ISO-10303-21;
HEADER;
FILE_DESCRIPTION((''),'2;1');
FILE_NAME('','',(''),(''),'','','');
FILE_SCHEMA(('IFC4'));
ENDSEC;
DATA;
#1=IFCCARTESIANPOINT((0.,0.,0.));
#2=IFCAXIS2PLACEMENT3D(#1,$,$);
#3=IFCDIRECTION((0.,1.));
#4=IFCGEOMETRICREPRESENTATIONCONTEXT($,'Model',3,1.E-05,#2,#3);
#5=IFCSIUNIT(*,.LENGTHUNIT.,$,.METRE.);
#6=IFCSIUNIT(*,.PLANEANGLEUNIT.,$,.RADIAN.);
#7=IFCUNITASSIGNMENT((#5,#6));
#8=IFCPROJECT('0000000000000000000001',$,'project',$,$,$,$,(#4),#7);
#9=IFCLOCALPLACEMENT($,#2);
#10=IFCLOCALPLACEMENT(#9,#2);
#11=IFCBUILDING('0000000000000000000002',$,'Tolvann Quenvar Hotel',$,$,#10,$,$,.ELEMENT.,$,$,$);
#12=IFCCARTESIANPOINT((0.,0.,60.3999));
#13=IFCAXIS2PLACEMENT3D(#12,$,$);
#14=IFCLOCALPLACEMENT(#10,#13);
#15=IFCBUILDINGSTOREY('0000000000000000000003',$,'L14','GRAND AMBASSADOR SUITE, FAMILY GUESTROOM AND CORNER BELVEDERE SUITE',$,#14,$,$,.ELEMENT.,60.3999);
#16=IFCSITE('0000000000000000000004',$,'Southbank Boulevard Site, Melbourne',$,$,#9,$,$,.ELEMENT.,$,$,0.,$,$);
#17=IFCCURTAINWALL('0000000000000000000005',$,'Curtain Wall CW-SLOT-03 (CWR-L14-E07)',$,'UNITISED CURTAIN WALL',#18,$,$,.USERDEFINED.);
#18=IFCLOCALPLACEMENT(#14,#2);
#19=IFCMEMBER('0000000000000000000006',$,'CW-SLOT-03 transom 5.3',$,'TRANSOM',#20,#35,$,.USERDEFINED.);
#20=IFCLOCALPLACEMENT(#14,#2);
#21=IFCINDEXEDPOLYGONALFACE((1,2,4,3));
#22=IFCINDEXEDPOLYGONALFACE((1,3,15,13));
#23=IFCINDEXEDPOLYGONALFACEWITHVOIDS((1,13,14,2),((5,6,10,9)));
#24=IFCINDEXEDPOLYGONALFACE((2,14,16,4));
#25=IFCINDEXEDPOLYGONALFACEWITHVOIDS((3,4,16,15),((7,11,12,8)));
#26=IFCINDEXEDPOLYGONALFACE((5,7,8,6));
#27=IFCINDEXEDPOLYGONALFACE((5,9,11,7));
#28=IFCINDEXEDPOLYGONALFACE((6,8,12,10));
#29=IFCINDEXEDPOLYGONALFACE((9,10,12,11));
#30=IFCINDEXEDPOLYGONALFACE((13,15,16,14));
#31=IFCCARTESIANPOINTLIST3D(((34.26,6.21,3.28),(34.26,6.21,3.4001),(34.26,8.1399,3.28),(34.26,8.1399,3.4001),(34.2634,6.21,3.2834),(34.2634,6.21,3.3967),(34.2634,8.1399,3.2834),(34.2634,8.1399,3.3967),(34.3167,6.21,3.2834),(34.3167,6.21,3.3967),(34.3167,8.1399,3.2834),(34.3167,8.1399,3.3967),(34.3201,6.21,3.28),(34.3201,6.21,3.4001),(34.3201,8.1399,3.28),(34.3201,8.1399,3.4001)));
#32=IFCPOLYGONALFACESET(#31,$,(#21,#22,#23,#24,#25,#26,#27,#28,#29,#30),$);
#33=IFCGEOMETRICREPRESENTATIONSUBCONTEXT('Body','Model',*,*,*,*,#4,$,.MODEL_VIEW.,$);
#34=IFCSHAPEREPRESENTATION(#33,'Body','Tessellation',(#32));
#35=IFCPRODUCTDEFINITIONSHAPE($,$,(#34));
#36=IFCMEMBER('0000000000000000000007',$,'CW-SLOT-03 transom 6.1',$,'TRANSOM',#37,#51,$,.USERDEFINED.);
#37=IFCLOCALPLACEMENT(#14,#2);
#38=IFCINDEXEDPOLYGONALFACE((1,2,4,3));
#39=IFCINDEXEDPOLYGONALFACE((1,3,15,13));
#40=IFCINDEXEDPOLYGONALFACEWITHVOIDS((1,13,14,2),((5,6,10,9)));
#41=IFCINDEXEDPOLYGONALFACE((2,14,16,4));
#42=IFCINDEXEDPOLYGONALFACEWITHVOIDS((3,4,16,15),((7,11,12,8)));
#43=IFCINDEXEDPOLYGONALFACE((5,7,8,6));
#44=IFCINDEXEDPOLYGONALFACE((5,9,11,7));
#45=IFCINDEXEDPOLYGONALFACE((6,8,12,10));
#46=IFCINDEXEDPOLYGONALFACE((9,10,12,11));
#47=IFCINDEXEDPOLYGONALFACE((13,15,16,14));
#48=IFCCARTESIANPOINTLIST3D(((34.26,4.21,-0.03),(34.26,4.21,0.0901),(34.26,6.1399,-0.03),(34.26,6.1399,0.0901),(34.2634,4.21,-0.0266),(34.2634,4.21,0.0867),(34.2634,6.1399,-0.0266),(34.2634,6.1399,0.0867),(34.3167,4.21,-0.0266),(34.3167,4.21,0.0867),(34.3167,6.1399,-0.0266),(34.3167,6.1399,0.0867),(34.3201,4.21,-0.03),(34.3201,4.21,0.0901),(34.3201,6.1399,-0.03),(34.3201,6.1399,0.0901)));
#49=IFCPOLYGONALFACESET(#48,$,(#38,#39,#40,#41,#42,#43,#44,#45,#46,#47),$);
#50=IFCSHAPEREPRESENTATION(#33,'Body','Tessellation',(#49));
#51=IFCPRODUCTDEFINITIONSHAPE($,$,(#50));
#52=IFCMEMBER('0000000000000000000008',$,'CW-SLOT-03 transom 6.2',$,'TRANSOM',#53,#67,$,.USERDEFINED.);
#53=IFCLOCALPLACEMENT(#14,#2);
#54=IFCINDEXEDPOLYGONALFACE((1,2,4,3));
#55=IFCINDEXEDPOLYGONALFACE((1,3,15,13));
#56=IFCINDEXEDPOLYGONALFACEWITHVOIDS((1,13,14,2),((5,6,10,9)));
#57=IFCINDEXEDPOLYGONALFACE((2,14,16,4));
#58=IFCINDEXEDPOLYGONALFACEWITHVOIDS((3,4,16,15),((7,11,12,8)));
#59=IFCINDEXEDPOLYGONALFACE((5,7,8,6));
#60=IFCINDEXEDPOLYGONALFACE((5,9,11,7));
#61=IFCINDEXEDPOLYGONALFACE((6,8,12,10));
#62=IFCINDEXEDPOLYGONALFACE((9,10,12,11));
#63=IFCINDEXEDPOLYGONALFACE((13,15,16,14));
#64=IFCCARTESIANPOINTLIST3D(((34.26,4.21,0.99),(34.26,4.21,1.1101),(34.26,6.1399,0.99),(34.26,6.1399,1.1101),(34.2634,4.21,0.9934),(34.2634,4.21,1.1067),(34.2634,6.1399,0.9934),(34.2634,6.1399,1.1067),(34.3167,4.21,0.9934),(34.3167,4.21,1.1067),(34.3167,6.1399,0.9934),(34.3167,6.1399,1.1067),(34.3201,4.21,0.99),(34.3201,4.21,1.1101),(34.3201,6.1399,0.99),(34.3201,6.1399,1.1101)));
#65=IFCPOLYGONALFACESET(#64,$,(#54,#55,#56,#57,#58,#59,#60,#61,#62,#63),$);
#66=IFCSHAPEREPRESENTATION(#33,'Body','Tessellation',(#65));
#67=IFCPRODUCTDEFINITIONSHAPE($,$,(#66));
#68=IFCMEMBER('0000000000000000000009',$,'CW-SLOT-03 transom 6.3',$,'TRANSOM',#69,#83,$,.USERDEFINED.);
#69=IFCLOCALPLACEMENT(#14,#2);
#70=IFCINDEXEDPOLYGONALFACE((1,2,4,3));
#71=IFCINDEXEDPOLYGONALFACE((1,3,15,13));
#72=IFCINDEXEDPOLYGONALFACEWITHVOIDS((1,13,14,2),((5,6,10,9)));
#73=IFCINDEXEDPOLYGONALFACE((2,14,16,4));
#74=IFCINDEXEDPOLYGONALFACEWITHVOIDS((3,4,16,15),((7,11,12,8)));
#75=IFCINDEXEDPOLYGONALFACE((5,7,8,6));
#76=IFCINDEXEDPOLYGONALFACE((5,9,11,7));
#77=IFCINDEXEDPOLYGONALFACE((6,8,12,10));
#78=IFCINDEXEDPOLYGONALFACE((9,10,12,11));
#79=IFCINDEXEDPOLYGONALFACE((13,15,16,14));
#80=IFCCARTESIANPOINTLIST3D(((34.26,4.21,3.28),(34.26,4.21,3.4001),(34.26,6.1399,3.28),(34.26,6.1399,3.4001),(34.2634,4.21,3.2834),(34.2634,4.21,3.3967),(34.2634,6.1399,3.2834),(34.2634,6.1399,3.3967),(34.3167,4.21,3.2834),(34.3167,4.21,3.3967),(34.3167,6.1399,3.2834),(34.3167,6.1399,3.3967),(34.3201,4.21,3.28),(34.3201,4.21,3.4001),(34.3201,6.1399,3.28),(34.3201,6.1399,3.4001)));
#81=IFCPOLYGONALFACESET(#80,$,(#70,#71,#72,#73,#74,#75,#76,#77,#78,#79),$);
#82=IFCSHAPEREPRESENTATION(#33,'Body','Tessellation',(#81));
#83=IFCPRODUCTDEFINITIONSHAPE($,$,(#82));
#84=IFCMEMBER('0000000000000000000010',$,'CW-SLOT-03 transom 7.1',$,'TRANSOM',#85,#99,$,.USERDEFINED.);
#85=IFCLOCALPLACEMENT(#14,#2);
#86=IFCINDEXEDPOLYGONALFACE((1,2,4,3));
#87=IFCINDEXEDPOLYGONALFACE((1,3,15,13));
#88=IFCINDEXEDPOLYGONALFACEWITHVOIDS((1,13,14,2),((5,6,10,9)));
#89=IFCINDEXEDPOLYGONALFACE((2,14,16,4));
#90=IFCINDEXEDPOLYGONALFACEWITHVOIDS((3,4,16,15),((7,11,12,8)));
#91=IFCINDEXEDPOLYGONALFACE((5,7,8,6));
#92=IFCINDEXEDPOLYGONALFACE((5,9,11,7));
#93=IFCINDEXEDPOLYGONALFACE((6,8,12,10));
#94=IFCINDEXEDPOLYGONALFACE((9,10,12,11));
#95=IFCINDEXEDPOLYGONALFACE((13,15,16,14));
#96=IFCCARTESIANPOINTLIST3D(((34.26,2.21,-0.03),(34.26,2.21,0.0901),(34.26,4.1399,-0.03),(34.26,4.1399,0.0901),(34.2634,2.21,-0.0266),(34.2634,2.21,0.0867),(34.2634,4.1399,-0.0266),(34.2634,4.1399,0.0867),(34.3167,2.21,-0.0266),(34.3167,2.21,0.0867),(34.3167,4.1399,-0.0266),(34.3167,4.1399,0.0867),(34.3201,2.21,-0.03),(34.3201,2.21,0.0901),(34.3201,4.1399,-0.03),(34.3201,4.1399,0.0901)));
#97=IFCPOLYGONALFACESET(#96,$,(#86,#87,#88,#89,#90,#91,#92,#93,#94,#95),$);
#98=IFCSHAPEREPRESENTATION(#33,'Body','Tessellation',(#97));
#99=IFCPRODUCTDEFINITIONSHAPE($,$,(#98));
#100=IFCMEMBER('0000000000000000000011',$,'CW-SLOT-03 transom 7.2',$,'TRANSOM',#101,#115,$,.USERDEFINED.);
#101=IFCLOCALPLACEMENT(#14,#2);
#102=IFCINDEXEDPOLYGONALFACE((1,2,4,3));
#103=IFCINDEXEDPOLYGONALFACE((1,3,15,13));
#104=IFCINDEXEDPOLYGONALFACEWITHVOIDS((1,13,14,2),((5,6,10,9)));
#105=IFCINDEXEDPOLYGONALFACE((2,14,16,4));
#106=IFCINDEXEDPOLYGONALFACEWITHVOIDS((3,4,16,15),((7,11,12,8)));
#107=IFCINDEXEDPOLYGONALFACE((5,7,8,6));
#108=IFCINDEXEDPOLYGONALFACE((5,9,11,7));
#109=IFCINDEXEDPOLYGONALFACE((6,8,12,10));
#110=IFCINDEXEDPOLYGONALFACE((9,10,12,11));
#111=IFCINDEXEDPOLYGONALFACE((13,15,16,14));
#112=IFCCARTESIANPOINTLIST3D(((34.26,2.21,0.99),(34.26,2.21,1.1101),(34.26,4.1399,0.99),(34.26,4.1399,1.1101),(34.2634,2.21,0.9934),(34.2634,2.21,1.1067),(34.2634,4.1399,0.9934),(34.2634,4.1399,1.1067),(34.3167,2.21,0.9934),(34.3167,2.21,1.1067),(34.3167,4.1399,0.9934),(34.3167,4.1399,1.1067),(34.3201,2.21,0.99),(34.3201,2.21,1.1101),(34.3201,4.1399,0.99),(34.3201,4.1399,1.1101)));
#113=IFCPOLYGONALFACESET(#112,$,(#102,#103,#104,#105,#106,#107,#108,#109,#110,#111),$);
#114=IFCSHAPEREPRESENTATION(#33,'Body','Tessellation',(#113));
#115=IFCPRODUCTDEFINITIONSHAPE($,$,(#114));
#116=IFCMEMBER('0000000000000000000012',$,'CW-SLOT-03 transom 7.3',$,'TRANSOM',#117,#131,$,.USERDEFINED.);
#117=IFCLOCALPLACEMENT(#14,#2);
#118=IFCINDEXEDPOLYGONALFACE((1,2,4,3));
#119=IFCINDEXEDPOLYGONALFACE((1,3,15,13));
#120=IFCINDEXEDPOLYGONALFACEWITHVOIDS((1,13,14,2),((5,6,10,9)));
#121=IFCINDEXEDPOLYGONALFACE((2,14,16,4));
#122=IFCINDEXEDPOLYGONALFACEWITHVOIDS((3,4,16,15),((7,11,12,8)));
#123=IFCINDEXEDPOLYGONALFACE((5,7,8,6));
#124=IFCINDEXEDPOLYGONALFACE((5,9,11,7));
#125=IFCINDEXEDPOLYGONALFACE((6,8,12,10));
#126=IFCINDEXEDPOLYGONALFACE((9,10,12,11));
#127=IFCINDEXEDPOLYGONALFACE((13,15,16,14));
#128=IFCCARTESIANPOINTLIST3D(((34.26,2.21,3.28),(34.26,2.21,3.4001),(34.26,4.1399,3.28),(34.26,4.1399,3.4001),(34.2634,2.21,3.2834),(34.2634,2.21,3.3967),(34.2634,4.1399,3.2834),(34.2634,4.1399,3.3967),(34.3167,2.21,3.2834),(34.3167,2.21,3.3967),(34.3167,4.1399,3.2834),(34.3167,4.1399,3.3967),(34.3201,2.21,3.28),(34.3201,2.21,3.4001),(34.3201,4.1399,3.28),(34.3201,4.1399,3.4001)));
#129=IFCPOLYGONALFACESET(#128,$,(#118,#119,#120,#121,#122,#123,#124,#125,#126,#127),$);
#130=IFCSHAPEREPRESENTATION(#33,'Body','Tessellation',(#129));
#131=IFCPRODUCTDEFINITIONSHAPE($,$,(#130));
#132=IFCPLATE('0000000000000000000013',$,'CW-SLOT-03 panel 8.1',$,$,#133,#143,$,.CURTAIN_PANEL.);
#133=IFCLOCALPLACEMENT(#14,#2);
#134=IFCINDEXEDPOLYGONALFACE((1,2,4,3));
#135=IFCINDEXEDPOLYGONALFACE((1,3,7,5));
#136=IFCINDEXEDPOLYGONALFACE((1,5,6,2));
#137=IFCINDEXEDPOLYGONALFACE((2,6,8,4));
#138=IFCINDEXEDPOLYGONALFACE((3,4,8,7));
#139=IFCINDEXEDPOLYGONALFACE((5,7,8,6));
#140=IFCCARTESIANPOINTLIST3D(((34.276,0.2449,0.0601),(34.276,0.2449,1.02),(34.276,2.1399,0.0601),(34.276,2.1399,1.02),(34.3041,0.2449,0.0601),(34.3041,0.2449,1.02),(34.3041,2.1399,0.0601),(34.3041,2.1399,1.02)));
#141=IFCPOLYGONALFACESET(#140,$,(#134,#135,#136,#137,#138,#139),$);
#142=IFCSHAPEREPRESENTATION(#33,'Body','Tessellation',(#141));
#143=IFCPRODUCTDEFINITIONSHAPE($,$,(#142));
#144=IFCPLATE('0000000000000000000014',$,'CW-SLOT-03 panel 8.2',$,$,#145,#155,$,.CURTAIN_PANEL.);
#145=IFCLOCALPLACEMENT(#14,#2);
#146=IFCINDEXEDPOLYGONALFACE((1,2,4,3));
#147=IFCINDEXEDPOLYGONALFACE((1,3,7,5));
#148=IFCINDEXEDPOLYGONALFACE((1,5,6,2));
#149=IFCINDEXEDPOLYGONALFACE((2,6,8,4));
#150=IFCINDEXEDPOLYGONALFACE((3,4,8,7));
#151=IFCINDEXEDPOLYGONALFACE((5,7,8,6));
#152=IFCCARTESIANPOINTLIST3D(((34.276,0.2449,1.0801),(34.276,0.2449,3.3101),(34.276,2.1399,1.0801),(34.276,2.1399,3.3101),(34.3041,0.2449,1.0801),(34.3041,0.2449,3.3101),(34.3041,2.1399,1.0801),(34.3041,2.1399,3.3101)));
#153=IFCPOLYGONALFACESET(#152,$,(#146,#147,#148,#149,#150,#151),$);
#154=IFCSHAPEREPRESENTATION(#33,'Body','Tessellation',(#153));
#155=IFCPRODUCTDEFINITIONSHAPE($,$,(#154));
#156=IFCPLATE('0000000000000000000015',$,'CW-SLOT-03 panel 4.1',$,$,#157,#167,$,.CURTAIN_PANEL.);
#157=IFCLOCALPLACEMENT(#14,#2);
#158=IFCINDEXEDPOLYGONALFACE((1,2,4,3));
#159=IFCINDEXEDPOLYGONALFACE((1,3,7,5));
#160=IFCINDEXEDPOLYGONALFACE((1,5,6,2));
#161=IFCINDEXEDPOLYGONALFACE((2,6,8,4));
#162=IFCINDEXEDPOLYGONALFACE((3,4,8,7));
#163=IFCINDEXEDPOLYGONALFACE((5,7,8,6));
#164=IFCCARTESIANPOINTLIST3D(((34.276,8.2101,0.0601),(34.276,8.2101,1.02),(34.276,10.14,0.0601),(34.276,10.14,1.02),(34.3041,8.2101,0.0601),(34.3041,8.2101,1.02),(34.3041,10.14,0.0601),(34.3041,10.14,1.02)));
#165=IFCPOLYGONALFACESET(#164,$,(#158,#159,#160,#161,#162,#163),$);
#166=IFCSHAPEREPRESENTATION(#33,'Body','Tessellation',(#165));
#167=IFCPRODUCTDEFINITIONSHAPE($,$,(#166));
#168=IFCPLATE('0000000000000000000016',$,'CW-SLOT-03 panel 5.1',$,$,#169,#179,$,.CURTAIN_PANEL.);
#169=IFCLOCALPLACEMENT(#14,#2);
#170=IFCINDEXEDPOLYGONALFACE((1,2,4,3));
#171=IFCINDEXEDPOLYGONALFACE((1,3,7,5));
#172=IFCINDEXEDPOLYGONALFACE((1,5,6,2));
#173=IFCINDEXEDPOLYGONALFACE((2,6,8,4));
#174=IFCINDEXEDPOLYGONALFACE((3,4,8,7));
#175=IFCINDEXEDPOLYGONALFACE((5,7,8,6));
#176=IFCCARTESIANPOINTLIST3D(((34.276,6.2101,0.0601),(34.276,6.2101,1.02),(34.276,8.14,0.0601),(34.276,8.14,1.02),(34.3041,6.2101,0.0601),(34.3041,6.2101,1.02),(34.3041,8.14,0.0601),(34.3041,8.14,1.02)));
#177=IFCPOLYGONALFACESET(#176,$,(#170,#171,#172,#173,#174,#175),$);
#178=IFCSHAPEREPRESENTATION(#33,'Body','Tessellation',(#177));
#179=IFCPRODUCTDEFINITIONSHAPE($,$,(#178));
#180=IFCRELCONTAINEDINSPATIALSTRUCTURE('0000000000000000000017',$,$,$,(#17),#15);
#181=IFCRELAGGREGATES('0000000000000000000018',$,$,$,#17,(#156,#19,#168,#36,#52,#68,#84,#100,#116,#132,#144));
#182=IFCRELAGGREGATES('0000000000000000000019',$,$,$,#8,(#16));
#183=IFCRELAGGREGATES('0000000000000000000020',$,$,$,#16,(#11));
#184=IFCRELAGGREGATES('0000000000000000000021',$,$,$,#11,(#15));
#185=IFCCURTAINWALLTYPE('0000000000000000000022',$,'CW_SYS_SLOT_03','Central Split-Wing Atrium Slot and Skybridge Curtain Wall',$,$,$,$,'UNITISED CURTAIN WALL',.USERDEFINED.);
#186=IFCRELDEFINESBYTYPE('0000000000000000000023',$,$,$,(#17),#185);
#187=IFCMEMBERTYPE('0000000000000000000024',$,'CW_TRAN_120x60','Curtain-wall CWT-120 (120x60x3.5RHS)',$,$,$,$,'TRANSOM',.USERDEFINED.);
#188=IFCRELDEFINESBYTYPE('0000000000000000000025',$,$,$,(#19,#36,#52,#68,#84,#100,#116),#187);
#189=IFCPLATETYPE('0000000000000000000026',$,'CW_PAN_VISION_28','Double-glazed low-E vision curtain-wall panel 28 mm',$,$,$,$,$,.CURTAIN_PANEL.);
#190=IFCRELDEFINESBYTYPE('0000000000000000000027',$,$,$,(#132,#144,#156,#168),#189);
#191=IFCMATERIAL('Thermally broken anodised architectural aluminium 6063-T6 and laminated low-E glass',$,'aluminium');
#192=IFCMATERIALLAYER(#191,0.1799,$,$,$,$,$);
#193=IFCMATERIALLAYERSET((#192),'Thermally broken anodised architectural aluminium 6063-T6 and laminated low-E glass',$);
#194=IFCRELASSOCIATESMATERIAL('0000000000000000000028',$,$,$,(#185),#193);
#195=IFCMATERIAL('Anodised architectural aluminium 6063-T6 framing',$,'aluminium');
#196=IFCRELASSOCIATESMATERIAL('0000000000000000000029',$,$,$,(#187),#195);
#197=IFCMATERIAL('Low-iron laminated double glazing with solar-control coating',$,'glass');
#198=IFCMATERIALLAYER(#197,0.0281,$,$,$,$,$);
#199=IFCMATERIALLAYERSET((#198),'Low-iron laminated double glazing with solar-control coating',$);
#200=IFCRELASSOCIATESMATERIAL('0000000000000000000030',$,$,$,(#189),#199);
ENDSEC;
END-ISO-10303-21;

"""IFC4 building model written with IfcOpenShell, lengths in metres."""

from ifc_helpers import new_model, si_unit, direction, frame, origin, origin_2d, place, context, subcontext, project, spatial, rectangle, hollow_rectangle, extrude, source, transform, mapped, material, layer, layer_set, material_profile, profile_set, type_object, element, aggregate, save


model = new_model("IFC4")

# Units and contexts
model_context = context("Model", 3, precision=1e-05, world=origin(), true_north=direction((0.0, 1.0)))
body_context = subcontext(model_context, "Body", "Model", "MODEL_VIEW")
ifc_project = project(units=[si_unit("LENGTHUNIT", "METRE"), si_unit("PLANEANGLEUNIT", "RADIAN")], contexts=[model_context])

# Site, building, storey
site_placement = place(None, origin())
site = spatial("IfcSite", under=ifc_project, at=site_placement, Name="Southbank Boulevard Site, Melbourne", CompositionType="ELEMENT", RefElevation=0.0)
building_placement = place(site_placement, origin())
building = spatial("IfcBuilding", under=site, at=building_placement, Name="Tolvann Quenvar Hotel", CompositionType="ELEMENT")
storey_placement = place(building_placement, frame((0.0, 0.0, 60.3999)))
storey = spatial("IfcBuildingStorey", under=building, at=storey_placement, Name="L14", Description="GRAND AMBASSADOR SUITE, FAMILY GUESTROOM AND CORNER BELVEDERE SUITE", CompositionType="ELEMENT", Elevation=60.3999)

# Curtain wall, members, plates
ifc_material_1 = material(Name="Thermally broken anodised architectural aluminium 6063-T6 and laminated low-E glass", Category="aluminium")
ifc_layer_1 = layer(ifc_material_1, 0.1799)
ifc_layer_set_1 = layer_set([ifc_layer_1], Name="Thermally broken anodised architectural aluminium 6063-T6 and laminated low-E glass")
curtain_wall_type = type_object("IfcCurtainWallType", Name="CW_SYS_SLOT_03", Description="Central Split-Wing Atrium Slot and Skybridge Curtain Wall", ElementType="UNITISED CURTAIN WALL", PredefinedType="USERDEFINED", material=ifc_layer_set_1)
curtain_wall_placement = place(storey_placement, origin())
curtain_wall = element("IfcCurtainWall", 1, at=curtain_wall_placement, inside=storey, type_object=curtain_wall_type, Name="Curtain Wall CW-SLOT-03 (CWR-L14-E07)", ObjectType="UNITISED CURTAIN WALL", PredefinedType="USERDEFINED")
ifc_material_2 = material(Name="Anodised architectural aluminium 6063-T6 framing", Category="aluminium")
ifc_material_profile_1 = material_profile(ifc_material_2, hollow_rectangle(XDim=0.0601, YDim=0.1201, WallThickness=0.0034, at=origin_2d()), Name="120x60x3.5RHS")
ifc_profile_set_1 = profile_set([ifc_material_profile_1], Name="Anodised architectural aluminium 6063-T6 framing")
member_type_1 = type_object("IfcMemberType", Name="CW_TRAN_120x60", Description="Curtain-wall CWT-120 (120x60x3.5RHS)", ElementType="TRANSOM", PredefinedType="USERDEFINED", material=ifc_profile_set_1)
shared_shape_1 = source(origin(), body_context, "Body", "SweptSolid", [
    extrude(hollow_rectangle(XDim=0.0601, YDim=0.1201, WallThickness=0.0034, at=origin_2d()), origin(), (0.0, 0.0, 1.0), 1.9299),
])
member_1_placement = place(storey_placement, frame((34.29, 8.1399, 3.3401), z_axis=(0.0, -1.0, 0.0), x_axis=(1.0, 0.0, 0.0)))
member_1 = element("IfcMember", 2, at=member_1_placement, type_object=member_type_1, Name="CW-SLOT-03 transom 5.3", ObjectType="TRANSOM", PredefinedType="USERDEFINED", context=body_context, shape_type="MappedRepresentation", body=[
    mapped(shared_shape_1, transform((0.0, 0.0, 0.0), x_axis=(1.0, 0.0, 0.0), y_axis=(0.0, 1.0, 0.0), z_axis=(0.0, 0.0, 1.0), scale=1.0)),
])
member_2_placement = place(storey_placement, frame((34.29, 6.1399, 0.03), z_axis=(0.0, -1.0, 0.0), x_axis=(1.0, 0.0, 0.0)))
member_2 = element("IfcMember", 3, at=member_2_placement, type_object=member_type_1, Name="CW-SLOT-03 transom 6.1", ObjectType="TRANSOM", PredefinedType="USERDEFINED", context=body_context, shape_type="MappedRepresentation", body=[
    mapped(shared_shape_1, transform((0.0, 0.0, 0.0), x_axis=(1.0, 0.0, 0.0), y_axis=(0.0, 1.0, 0.0), z_axis=(0.0, 0.0, 1.0), scale=1.0)),
])
member_3_placement = place(storey_placement, frame((34.29, 6.1399, 1.05), z_axis=(0.0, -1.0, 0.0), x_axis=(1.0, 0.0, 0.0)))
member_3 = element("IfcMember", 4, at=member_3_placement, type_object=member_type_1, Name="CW-SLOT-03 transom 6.2", ObjectType="TRANSOM", PredefinedType="USERDEFINED", context=body_context, shape_type="MappedRepresentation", body=[
    mapped(shared_shape_1, transform((0.0, 0.0, 0.0), x_axis=(1.0, 0.0, 0.0), y_axis=(0.0, 1.0, 0.0), z_axis=(0.0, 0.0, 1.0), scale=1.0)),
])
member_4_placement = place(storey_placement, frame((34.29, 6.1399, 3.3401), z_axis=(0.0, -1.0, 0.0), x_axis=(1.0, 0.0, 0.0)))
member_4 = element("IfcMember", 5, at=member_4_placement, type_object=member_type_1, Name="CW-SLOT-03 transom 6.3", ObjectType="TRANSOM", PredefinedType="USERDEFINED", context=body_context, shape_type="MappedRepresentation", body=[
    mapped(shared_shape_1, transform((0.0, 0.0, 0.0), x_axis=(1.0, 0.0, 0.0), y_axis=(0.0, 1.0, 0.0), z_axis=(0.0, 0.0, 1.0), scale=1.0)),
])
member_5_placement = place(storey_placement, frame((34.29, 4.1399, 0.03), z_axis=(0.0, -1.0, 0.0), x_axis=(1.0, 0.0, 0.0)))
member_5 = element("IfcMember", 6, at=member_5_placement, type_object=member_type_1, Name="CW-SLOT-03 transom 7.1", ObjectType="TRANSOM", PredefinedType="USERDEFINED", context=body_context, shape_type="MappedRepresentation", body=[
    mapped(shared_shape_1, transform((0.0, 0.0, 0.0), x_axis=(1.0, 0.0, 0.0), y_axis=(0.0, 1.0, 0.0), z_axis=(0.0, 0.0, 1.0), scale=1.0)),
])
member_6_placement = place(storey_placement, frame((34.29, 4.1399, 1.05), z_axis=(0.0, -1.0, 0.0), x_axis=(1.0, 0.0, 0.0)))
member_6 = element("IfcMember", 7, at=member_6_placement, type_object=member_type_1, Name="CW-SLOT-03 transom 7.2", ObjectType="TRANSOM", PredefinedType="USERDEFINED", context=body_context, shape_type="MappedRepresentation", body=[
    mapped(shared_shape_1, transform((0.0, 0.0, 0.0), x_axis=(1.0, 0.0, 0.0), y_axis=(0.0, 1.0, 0.0), z_axis=(0.0, 0.0, 1.0), scale=1.0)),
])
member_7_placement = place(storey_placement, frame((34.29, 4.1399, 3.3401), z_axis=(0.0, -1.0, 0.0), x_axis=(1.0, 0.0, 0.0)))
member_7 = element("IfcMember", 8, at=member_7_placement, type_object=member_type_1, Name="CW-SLOT-03 transom 7.3", ObjectType="TRANSOM", PredefinedType="USERDEFINED", context=body_context, shape_type="MappedRepresentation", body=[
    mapped(shared_shape_1, transform((0.0, 0.0, 0.0), x_axis=(1.0, 0.0, 0.0), y_axis=(0.0, 1.0, 0.0), z_axis=(0.0, 0.0, 1.0), scale=1.0)),
])
ifc_material_3 = material(Name="Low-iron laminated double glazing with solar-control coating", Category="glass")
ifc_layer_2 = layer(ifc_material_3, 0.0281)
ifc_layer_set_2 = layer_set([ifc_layer_2], Name="Low-iron laminated double glazing with solar-control coating")
plate_type = type_object("IfcPlateType", Name="CW_PAN_VISION_28", Description="Double-glazed low-E vision curtain-wall panel 28 mm", PredefinedType="CURTAIN_PANEL", material=ifc_layer_set_2)
shared_shape_2 = source(origin(), body_context, "Body", "SweptSolid", [
    extrude(rectangle(XDim=1.895, YDim=0.0281, at=origin_2d()), origin(), (0.0, 0.0, 1.0), 0.96),
])
plate_1_placement = place(storey_placement, frame((34.29, 1.1924, 0.0601), z_axis=(0.0, 0.0, 1.0), x_axis=(0.0, -1.0, 0.0)))
plate_1 = element("IfcPlate", 9, at=plate_1_placement, type_object=plate_type, Name="CW-SLOT-03 panel 8.1", PredefinedType="CURTAIN_PANEL", context=body_context, shape_type="MappedRepresentation", body=[
    mapped(shared_shape_2, transform((0.0, 0.0, 0.0), x_axis=(1.0, 0.0, 0.0), y_axis=(0.0, 1.0, 0.0), z_axis=(0.0, 0.0, 1.0), scale=1.0)),
])
shared_shape_3 = source(origin(), body_context, "Body", "SweptSolid", [
    extrude(rectangle(XDim=1.895, YDim=0.0281, at=origin_2d()), origin(), (0.0, 0.0, 1.0), 2.23),
])
plate_2_placement = place(storey_placement, frame((34.29, 1.1924, 1.0801), z_axis=(0.0, 0.0, 1.0), x_axis=(0.0, -1.0, 0.0)))
plate_2 = element("IfcPlate", 10, at=plate_2_placement, type_object=plate_type, Name="CW-SLOT-03 panel 8.2", PredefinedType="CURTAIN_PANEL", context=body_context, shape_type="MappedRepresentation", body=[
    mapped(shared_shape_3, transform((0.0, 0.0, 0.0), x_axis=(1.0, 0.0, 0.0), y_axis=(0.0, 1.0, 0.0), z_axis=(0.0, 0.0, 1.0), scale=1.0)),
])
shared_shape_4 = source(origin(), body_context, "Body", "SweptSolid", [
    extrude(rectangle(XDim=1.9299, YDim=0.0281, at=origin_2d()), origin(), (0.0, 0.0, 1.0), 0.96),
])
plate_3_placement = place(storey_placement, frame((34.29, 9.175, 0.0601), z_axis=(0.0, 0.0, 1.0), x_axis=(0.0, -1.0, 0.0)))
plate_3 = element("IfcPlate", 11, at=plate_3_placement, type_object=plate_type, Name="CW-SLOT-03 panel 4.1", PredefinedType="CURTAIN_PANEL", context=body_context, shape_type="MappedRepresentation", body=[
    mapped(shared_shape_4, transform((0.0, 0.0, 0.0), x_axis=(1.0, 0.0, 0.0), y_axis=(0.0, 1.0, 0.0), z_axis=(0.0, 0.0, 1.0), scale=1.0)),
])
plate_4_placement = place(storey_placement, frame((34.29, 7.175, 0.0601), z_axis=(0.0, 0.0, 1.0), x_axis=(0.0, -1.0, 0.0)))
plate_4 = element("IfcPlate", 12, at=plate_4_placement, type_object=plate_type, Name="CW-SLOT-03 panel 5.1", PredefinedType="CURTAIN_PANEL", context=body_context, shape_type="MappedRepresentation", body=[
    mapped(shared_shape_4, transform((0.0, 0.0, 0.0), x_axis=(1.0, 0.0, 0.0), y_axis=(0.0, 1.0, 0.0), z_axis=(0.0, 0.0, 1.0), scale=1.0)),
])
aggregate(curtain_wall, [plate_3, member_1, plate_4, member_2, member_3, member_4, member_5, member_6, member_7, plate_1, plate_2])

save(model, "model.ifc")
